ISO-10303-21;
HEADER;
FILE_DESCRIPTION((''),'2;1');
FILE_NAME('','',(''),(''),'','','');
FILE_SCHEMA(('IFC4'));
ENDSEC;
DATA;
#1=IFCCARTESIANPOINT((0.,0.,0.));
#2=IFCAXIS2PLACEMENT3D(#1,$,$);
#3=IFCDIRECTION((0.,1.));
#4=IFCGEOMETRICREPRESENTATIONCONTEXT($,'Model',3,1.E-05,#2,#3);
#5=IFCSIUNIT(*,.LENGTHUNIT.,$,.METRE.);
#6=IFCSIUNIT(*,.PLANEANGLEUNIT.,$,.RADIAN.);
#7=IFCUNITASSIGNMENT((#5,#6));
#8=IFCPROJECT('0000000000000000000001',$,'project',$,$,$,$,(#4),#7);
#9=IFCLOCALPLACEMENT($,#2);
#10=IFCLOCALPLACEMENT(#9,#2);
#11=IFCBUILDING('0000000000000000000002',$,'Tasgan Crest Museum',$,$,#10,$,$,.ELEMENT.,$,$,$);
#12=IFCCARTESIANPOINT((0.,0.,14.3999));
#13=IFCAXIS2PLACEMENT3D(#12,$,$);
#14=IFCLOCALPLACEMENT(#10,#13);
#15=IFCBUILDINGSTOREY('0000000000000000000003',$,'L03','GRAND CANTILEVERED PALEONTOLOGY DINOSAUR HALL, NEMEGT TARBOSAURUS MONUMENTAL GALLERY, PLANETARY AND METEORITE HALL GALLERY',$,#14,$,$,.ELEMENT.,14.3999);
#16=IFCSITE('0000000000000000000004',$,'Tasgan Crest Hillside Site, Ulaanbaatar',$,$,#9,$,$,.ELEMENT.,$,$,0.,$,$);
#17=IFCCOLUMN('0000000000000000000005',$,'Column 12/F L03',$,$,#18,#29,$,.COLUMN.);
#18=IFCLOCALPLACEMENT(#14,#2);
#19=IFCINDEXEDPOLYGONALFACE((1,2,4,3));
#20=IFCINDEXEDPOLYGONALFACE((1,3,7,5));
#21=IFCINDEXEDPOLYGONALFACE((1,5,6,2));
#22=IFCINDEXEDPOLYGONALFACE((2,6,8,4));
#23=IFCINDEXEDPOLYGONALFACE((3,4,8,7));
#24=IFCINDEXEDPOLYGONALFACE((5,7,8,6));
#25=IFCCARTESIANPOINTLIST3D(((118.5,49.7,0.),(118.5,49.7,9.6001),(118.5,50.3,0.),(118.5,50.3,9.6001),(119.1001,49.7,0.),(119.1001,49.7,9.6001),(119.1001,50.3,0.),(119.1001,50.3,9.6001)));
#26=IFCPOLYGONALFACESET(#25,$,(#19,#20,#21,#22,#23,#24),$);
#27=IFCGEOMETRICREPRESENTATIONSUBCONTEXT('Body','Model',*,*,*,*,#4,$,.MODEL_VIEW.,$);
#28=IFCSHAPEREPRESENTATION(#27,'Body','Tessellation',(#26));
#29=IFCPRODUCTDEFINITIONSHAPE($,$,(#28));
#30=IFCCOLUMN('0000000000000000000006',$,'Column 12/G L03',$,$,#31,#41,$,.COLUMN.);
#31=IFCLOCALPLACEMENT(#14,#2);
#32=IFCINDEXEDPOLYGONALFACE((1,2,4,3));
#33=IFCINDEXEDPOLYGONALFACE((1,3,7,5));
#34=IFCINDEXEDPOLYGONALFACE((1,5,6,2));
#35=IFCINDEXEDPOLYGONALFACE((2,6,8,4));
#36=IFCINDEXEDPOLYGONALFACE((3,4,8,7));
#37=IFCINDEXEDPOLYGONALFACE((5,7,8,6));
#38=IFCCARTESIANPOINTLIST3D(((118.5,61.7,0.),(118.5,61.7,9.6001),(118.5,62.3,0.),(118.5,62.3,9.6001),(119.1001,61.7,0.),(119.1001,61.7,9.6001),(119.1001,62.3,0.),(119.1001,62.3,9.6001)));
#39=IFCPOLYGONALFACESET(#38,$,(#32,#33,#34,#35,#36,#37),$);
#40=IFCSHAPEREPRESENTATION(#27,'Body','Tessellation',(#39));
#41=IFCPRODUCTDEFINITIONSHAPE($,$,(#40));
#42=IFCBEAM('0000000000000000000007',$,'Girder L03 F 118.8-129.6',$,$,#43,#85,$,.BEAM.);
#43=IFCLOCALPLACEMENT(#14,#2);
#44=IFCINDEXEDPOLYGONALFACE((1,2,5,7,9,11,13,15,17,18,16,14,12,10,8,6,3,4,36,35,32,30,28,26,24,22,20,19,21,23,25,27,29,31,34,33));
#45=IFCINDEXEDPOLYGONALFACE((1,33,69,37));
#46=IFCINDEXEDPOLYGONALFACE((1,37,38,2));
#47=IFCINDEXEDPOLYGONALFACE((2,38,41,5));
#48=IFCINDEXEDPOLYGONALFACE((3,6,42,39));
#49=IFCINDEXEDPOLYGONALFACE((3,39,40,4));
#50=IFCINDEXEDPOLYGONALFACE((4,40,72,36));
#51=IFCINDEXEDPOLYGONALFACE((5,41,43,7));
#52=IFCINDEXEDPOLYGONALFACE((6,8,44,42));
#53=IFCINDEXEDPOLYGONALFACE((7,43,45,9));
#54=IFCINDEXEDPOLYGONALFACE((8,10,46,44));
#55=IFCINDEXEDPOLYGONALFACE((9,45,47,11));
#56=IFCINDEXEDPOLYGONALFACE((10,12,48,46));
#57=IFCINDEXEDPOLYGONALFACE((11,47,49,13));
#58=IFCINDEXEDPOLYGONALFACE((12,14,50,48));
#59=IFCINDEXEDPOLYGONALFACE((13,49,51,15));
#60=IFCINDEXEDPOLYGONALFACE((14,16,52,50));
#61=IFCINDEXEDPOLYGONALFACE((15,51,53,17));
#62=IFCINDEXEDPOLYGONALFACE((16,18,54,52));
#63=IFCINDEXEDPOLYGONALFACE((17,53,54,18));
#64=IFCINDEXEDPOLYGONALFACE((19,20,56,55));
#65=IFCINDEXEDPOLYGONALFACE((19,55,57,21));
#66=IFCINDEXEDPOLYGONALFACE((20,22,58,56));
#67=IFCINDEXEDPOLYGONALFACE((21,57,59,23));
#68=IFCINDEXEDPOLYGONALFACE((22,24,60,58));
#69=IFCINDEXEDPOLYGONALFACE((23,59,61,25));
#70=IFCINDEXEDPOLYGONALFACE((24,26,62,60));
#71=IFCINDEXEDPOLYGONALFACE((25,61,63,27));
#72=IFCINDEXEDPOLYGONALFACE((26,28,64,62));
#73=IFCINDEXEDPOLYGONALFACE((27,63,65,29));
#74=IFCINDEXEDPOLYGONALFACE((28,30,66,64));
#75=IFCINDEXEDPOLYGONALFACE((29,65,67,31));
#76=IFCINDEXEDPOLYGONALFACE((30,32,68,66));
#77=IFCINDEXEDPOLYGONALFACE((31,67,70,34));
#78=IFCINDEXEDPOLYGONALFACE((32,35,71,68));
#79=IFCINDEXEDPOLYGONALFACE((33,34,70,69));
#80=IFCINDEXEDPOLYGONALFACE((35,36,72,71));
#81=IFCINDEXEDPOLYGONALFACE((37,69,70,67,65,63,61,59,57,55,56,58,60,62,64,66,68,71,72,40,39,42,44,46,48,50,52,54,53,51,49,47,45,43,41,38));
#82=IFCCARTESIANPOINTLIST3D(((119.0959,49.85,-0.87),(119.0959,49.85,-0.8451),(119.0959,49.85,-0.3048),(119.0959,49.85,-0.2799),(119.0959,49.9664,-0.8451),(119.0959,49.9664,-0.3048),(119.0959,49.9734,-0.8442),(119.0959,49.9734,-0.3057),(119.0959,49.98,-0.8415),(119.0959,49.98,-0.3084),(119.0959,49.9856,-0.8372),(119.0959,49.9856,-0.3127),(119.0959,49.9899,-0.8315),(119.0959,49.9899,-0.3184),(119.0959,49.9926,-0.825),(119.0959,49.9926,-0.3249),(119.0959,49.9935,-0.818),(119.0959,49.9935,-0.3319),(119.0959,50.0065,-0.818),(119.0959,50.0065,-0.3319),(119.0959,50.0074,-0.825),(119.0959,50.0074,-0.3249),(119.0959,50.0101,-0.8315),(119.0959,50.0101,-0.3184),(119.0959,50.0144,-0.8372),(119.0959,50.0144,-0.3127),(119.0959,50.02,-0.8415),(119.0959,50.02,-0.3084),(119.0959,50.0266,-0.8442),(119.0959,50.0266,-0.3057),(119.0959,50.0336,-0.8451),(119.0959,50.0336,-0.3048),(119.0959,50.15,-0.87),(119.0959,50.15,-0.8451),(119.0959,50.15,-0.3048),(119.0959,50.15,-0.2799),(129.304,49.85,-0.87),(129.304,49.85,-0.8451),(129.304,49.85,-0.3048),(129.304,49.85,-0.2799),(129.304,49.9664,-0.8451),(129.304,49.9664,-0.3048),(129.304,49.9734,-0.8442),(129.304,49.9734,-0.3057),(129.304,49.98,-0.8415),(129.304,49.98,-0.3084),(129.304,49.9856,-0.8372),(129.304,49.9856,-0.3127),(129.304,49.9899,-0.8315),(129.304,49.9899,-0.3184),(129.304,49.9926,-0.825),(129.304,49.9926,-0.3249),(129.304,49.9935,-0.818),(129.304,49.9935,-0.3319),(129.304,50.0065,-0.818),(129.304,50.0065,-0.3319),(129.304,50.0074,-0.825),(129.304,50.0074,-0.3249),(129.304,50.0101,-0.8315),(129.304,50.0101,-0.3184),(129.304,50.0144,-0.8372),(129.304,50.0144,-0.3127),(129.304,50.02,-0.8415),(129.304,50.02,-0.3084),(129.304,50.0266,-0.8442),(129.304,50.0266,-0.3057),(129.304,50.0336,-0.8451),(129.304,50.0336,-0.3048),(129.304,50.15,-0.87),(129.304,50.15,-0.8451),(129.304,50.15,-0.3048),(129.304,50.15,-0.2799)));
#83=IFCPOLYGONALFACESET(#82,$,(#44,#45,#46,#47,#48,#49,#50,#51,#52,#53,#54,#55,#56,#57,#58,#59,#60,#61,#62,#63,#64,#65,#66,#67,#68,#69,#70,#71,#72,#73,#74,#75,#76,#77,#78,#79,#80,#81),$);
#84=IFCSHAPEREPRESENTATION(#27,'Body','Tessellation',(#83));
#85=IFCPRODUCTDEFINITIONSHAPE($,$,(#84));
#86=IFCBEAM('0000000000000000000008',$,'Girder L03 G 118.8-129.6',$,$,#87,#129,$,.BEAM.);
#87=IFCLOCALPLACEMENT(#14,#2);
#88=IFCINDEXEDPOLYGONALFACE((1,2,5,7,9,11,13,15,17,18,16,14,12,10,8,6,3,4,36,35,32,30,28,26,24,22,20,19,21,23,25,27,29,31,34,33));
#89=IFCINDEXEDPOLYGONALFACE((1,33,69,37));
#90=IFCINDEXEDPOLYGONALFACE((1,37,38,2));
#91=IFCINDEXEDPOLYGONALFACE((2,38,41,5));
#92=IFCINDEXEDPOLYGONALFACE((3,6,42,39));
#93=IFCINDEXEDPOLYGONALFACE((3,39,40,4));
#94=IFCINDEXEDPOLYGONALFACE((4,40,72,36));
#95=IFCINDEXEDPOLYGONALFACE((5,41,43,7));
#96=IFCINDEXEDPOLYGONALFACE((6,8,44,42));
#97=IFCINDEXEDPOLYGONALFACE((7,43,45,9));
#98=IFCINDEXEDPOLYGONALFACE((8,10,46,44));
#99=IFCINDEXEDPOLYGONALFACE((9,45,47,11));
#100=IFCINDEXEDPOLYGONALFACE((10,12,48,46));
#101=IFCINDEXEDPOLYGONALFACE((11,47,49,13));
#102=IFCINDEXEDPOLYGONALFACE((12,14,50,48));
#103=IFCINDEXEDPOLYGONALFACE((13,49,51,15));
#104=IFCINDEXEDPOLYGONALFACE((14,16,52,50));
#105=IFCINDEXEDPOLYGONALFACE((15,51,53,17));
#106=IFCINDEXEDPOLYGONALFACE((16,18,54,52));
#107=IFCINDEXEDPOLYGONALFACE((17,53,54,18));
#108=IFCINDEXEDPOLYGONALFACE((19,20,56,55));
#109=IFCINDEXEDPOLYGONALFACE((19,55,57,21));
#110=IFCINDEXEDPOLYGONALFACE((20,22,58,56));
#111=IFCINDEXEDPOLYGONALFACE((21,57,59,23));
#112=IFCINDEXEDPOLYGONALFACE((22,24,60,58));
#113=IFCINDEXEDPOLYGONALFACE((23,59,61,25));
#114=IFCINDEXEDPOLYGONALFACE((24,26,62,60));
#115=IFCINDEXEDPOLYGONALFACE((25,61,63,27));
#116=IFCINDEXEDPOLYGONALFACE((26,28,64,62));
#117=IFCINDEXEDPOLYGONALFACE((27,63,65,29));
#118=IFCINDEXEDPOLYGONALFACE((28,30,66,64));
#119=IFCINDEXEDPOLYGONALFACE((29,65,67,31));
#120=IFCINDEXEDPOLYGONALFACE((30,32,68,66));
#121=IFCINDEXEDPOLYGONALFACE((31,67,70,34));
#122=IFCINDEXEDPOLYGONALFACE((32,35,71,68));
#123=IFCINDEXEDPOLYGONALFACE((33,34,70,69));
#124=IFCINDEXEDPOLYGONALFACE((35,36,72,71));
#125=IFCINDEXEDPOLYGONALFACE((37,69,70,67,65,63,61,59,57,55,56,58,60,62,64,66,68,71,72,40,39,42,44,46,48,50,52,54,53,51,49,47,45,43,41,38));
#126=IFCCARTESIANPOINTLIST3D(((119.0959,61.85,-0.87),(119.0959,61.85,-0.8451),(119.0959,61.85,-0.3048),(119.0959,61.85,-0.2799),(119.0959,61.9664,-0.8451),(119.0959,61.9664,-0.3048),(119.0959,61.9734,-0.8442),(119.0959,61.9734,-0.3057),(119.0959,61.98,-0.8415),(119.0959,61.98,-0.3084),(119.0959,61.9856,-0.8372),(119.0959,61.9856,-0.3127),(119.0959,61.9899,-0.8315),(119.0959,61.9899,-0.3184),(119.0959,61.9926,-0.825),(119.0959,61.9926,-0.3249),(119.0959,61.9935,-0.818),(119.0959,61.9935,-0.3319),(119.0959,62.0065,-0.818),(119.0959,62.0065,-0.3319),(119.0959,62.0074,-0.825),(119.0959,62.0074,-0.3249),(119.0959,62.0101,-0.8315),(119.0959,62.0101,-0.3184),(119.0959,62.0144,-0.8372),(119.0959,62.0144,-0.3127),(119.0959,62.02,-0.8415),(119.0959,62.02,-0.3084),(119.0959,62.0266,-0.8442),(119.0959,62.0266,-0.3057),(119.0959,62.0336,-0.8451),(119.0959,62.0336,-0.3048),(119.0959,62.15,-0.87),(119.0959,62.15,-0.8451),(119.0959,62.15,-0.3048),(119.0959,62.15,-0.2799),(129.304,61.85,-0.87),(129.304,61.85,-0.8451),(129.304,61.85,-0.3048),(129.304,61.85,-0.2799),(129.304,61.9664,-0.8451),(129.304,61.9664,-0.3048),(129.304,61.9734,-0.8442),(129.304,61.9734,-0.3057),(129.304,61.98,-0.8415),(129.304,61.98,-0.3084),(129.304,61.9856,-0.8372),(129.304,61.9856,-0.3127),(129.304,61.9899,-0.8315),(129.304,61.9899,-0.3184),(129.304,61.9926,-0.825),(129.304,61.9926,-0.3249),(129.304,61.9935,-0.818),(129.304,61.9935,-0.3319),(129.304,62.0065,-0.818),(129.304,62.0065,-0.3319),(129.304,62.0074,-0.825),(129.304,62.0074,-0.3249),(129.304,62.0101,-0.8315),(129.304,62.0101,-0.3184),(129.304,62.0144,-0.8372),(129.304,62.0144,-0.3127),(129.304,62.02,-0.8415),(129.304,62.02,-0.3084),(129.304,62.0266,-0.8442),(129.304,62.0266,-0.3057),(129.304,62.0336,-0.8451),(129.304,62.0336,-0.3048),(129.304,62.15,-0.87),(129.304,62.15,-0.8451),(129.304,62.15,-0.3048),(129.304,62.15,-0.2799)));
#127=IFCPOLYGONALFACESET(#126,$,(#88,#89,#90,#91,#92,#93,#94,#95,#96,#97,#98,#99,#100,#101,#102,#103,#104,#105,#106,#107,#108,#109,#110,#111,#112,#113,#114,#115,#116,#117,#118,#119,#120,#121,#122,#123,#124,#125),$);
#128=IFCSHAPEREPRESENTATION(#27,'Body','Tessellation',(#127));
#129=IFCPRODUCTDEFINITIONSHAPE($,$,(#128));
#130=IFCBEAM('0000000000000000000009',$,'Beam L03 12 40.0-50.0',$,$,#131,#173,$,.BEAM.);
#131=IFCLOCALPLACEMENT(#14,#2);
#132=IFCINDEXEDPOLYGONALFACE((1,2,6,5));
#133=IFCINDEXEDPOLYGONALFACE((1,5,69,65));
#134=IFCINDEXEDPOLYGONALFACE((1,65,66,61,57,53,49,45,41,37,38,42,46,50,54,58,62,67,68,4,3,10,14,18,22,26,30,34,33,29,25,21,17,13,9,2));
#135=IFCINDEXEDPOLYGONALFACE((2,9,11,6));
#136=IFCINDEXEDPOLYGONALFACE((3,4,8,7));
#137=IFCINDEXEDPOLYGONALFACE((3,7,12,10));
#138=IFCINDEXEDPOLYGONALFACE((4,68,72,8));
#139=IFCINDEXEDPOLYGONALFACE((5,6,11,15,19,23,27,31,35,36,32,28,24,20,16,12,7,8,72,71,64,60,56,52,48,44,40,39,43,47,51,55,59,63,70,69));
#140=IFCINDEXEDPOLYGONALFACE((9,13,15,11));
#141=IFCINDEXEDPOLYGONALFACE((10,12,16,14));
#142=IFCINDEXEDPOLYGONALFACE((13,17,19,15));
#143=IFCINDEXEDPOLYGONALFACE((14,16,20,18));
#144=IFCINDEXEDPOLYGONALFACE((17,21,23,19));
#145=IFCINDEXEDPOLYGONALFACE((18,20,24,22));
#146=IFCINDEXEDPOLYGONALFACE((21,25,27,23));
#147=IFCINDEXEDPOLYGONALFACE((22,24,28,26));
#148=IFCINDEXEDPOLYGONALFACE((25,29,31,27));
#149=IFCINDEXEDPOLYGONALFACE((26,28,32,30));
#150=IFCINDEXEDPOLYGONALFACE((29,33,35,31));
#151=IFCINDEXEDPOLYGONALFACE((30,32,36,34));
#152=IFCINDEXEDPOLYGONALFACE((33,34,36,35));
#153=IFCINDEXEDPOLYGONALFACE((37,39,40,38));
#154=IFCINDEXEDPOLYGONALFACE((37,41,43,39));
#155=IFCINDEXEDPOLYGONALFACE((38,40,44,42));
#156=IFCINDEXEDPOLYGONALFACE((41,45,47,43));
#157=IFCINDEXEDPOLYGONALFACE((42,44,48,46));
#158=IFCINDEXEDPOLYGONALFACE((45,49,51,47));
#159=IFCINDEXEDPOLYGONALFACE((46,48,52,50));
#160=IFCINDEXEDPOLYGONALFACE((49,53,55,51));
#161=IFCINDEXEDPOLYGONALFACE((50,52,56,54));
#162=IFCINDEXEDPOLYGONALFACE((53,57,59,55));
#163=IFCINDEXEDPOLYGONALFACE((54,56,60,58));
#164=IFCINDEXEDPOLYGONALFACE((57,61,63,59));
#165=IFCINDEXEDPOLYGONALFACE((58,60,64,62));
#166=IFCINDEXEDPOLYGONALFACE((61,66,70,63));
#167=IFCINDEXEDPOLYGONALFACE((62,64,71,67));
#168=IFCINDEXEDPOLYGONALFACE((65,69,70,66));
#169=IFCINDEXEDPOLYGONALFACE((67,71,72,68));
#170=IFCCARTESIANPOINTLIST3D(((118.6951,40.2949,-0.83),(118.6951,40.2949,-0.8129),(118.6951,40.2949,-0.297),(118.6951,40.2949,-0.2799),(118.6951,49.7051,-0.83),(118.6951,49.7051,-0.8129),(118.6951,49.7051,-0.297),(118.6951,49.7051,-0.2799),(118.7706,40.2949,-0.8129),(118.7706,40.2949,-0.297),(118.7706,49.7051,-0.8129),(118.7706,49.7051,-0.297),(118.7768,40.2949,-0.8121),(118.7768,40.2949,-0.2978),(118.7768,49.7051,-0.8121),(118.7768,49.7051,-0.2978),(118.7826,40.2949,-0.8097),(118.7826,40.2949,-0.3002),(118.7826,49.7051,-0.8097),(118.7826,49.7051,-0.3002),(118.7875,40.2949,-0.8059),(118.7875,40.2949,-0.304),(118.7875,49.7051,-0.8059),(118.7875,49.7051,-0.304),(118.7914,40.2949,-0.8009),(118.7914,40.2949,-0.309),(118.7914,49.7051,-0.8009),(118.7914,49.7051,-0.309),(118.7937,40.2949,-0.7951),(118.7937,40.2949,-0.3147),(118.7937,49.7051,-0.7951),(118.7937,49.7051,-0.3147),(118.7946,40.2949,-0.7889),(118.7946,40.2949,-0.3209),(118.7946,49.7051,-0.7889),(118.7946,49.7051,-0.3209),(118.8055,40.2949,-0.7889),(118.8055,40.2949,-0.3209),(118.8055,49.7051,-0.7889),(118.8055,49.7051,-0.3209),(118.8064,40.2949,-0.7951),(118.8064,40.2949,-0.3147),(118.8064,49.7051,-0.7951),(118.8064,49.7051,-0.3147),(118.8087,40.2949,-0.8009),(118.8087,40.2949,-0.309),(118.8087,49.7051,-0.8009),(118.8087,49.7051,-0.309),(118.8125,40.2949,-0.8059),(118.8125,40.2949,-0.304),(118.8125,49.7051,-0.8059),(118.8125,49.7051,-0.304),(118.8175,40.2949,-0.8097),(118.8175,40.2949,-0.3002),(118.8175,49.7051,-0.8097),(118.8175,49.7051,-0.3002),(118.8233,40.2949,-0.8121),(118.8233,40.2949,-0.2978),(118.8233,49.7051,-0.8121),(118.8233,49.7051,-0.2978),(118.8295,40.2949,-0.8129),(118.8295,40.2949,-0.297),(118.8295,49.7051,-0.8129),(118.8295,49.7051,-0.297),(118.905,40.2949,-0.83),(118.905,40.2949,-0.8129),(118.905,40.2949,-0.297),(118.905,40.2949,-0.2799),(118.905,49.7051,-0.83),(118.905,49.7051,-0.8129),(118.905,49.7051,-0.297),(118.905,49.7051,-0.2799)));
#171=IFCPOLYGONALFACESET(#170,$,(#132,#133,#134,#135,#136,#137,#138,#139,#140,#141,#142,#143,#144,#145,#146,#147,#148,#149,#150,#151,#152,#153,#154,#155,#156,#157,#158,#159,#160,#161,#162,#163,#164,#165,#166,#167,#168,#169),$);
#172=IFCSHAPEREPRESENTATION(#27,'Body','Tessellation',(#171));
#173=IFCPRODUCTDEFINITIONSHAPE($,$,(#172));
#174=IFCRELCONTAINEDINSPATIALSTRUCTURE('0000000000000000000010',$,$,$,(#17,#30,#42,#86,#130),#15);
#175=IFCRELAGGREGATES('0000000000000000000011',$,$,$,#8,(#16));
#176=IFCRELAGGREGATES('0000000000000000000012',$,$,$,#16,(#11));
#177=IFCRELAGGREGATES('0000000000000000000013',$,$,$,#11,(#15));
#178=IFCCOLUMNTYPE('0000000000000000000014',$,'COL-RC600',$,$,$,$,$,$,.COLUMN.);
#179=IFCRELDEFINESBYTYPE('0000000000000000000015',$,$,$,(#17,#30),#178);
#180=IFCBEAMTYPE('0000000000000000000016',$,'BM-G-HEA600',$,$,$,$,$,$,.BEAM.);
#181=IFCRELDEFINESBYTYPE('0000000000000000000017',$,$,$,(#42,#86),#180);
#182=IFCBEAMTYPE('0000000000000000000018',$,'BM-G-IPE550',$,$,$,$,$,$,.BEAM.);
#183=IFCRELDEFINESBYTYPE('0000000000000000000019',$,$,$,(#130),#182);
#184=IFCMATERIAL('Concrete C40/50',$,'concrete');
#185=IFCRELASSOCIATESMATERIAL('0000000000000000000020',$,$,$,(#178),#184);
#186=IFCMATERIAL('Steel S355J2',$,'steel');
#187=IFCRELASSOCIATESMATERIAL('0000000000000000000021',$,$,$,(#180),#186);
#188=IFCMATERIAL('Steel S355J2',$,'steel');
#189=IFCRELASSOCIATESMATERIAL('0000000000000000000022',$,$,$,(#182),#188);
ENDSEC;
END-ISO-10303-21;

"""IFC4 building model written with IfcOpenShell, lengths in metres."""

from ifc_helpers import new_model, si_unit, direction, frame, origin, origin_2d, place, context, subcontext, project, spatial, rectangle, i_section, extrude, material, material_profile, profile_set, type_object, element, save


model = new_model("IFC4")

# Units and contexts
model_context = context("Model", 3, precision=1e-05, world=origin(), true_north=direction((0.0, 1.0)))
body_context = subcontext(model_context, "Body", "Model", "MODEL_VIEW")
ifc_project = project(units=[si_unit("LENGTHUNIT", "METRE"), si_unit("PLANEANGLEUNIT", "RADIAN")], contexts=[model_context])

# Site, building, storey
site_placement = place(None, origin())
site = spatial("IfcSite", under=ifc_project, at=site_placement, Name="Tasgan Crest Hillside Site, Ulaanbaatar", CompositionType="ELEMENT", RefElevation=0.0)
building_placement = place(site_placement, origin())
building = spatial("IfcBuilding", under=site, at=building_placement, Name="Tasgan Crest Museum", CompositionType="ELEMENT")
storey_placement = place(building_placement, frame((0.0, 0.0, 14.3999)))
storey = spatial("IfcBuildingStorey", under=building, at=storey_placement, Name="L03", Description="GRAND CANTILEVERED PALEONTOLOGY DINOSAUR HALL, NEMEGT TARBOSAURUS MONUMENTAL GALLERY, PLANETARY AND METEORITE HALL GALLERY", CompositionType="ELEMENT", Elevation=14.3999)

# Columns
ifc_material_1 = material(Name="Concrete C40/50", Category="concrete")
ifc_material_profile_1 = material_profile(ifc_material_1, rectangle(XDim=0.6001, YDim=0.6001, at=origin_2d()), Name="RC 600x600")
ifc_profile_set_1 = profile_set([ifc_material_profile_1], Name="Concrete C40/50")
column_type = type_object("IfcColumnType", Name="COL-RC600", PredefinedType="COLUMN", material=ifc_profile_set_1)
for number, where, z_axis, x_axis, name in (
    (1, (118.8, 50.0, 0.0), (0.0, 0.0, 1.0), (1.0, 0.0, 0.0), "Column 12/F L03"),
    (2, (118.8, 62.0, 0.0), (0.0, 0.0, 1.0), (1.0, 0.0, 0.0), "Column 12/G L03"),
):
    element("IfcColumn", number, at=place(storey_placement, frame(where, z_axis=z_axis, x_axis=x_axis)), inside=storey, type_object=column_type, Name=name, PredefinedType="COLUMN", context=body_context, shape_type="SweptSolid", body=[
        extrude(rectangle(XDim=0.6001, YDim=0.6001, at=origin_2d()), origin(), (0.0, 0.0, 1.0), 9.6001),
    ])

# Beams
ifc_material_2 = material(Name="Steel S355J2", Category="steel")
ifc_material_profile_2 = material_profile(ifc_material_2, i_section(OverallWidth=0.3, OverallDepth=0.5901, WebThickness=0.0129, FlangeThickness=0.0249, FilletRadius=0.0271, at=origin_2d()), Name="HEA 600")
ifc_profile_set_2 = profile_set([ifc_material_profile_2], Name="Steel S355J2")
beam_type_1 = type_object("IfcBeamType", Name="BM-G-HEA600", PredefinedType="BEAM", material=ifc_profile_set_2)
for number, where, z_axis, x_axis, name in (
    (3, (119.0959, 50.0, -0.575), (1.0, 0.0, 0.0), (0.0, 1.0, 0.0), "Girder L03 F 118.8-129.6"),
    (4, (119.0959, 62.0, -0.575), (1.0, 0.0, 0.0), (0.0, 1.0, 0.0), "Girder L03 G 118.8-129.6"),
):
    element("IfcBeam", number, at=place(storey_placement, frame(where, z_axis=z_axis, x_axis=x_axis)), inside=storey, type_object=beam_type_1, Name=name, PredefinedType="BEAM", context=body_context, shape_type="SweptSolid", body=[
        extrude(i_section(OverallWidth=0.3, OverallDepth=0.5901, WebThickness=0.0129, FlangeThickness=0.0249, FilletRadius=0.0271, at=origin_2d()), origin(), (0.0, 0.0, 1.0), 10.208),
    ])
ifc_material_3 = material(Name="Steel S355J2", Category="steel")
ifc_material_profile_3 = material_profile(ifc_material_3, i_section(OverallWidth=0.21, OverallDepth=0.55, WebThickness=0.011, FlangeThickness=0.0171, FilletRadius=0.0239, at=origin_2d()), Name="IPE 550")
ifc_profile_set_3 = profile_set([ifc_material_profile_3], Name="Steel S355J2")
beam_type_2 = type_object("IfcBeamType", Name="BM-G-IPE550", PredefinedType="BEAM", material=ifc_profile_set_3)
beam_1_placement = place(storey_placement, frame((118.8, 40.2949, -0.5549), z_axis=(0.0, 1.0, 0.0), x_axis=(-1.0, 0.0, 0.0)))
element("IfcBeam", 5, at=beam_1_placement, inside=storey, type_object=beam_type_2, Name="Beam L03 12 40.0-50.0", PredefinedType="BEAM", context=body_context, shape_type="SweptSolid", body=[
    extrude(i_section(OverallWidth=0.21, OverallDepth=0.55, WebThickness=0.011, FlangeThickness=0.0171, FilletRadius=0.0239, at=origin_2d()), origin(), (0.0, 0.0, 1.0), 9.4102),
])

save(model, "model.ifc")
